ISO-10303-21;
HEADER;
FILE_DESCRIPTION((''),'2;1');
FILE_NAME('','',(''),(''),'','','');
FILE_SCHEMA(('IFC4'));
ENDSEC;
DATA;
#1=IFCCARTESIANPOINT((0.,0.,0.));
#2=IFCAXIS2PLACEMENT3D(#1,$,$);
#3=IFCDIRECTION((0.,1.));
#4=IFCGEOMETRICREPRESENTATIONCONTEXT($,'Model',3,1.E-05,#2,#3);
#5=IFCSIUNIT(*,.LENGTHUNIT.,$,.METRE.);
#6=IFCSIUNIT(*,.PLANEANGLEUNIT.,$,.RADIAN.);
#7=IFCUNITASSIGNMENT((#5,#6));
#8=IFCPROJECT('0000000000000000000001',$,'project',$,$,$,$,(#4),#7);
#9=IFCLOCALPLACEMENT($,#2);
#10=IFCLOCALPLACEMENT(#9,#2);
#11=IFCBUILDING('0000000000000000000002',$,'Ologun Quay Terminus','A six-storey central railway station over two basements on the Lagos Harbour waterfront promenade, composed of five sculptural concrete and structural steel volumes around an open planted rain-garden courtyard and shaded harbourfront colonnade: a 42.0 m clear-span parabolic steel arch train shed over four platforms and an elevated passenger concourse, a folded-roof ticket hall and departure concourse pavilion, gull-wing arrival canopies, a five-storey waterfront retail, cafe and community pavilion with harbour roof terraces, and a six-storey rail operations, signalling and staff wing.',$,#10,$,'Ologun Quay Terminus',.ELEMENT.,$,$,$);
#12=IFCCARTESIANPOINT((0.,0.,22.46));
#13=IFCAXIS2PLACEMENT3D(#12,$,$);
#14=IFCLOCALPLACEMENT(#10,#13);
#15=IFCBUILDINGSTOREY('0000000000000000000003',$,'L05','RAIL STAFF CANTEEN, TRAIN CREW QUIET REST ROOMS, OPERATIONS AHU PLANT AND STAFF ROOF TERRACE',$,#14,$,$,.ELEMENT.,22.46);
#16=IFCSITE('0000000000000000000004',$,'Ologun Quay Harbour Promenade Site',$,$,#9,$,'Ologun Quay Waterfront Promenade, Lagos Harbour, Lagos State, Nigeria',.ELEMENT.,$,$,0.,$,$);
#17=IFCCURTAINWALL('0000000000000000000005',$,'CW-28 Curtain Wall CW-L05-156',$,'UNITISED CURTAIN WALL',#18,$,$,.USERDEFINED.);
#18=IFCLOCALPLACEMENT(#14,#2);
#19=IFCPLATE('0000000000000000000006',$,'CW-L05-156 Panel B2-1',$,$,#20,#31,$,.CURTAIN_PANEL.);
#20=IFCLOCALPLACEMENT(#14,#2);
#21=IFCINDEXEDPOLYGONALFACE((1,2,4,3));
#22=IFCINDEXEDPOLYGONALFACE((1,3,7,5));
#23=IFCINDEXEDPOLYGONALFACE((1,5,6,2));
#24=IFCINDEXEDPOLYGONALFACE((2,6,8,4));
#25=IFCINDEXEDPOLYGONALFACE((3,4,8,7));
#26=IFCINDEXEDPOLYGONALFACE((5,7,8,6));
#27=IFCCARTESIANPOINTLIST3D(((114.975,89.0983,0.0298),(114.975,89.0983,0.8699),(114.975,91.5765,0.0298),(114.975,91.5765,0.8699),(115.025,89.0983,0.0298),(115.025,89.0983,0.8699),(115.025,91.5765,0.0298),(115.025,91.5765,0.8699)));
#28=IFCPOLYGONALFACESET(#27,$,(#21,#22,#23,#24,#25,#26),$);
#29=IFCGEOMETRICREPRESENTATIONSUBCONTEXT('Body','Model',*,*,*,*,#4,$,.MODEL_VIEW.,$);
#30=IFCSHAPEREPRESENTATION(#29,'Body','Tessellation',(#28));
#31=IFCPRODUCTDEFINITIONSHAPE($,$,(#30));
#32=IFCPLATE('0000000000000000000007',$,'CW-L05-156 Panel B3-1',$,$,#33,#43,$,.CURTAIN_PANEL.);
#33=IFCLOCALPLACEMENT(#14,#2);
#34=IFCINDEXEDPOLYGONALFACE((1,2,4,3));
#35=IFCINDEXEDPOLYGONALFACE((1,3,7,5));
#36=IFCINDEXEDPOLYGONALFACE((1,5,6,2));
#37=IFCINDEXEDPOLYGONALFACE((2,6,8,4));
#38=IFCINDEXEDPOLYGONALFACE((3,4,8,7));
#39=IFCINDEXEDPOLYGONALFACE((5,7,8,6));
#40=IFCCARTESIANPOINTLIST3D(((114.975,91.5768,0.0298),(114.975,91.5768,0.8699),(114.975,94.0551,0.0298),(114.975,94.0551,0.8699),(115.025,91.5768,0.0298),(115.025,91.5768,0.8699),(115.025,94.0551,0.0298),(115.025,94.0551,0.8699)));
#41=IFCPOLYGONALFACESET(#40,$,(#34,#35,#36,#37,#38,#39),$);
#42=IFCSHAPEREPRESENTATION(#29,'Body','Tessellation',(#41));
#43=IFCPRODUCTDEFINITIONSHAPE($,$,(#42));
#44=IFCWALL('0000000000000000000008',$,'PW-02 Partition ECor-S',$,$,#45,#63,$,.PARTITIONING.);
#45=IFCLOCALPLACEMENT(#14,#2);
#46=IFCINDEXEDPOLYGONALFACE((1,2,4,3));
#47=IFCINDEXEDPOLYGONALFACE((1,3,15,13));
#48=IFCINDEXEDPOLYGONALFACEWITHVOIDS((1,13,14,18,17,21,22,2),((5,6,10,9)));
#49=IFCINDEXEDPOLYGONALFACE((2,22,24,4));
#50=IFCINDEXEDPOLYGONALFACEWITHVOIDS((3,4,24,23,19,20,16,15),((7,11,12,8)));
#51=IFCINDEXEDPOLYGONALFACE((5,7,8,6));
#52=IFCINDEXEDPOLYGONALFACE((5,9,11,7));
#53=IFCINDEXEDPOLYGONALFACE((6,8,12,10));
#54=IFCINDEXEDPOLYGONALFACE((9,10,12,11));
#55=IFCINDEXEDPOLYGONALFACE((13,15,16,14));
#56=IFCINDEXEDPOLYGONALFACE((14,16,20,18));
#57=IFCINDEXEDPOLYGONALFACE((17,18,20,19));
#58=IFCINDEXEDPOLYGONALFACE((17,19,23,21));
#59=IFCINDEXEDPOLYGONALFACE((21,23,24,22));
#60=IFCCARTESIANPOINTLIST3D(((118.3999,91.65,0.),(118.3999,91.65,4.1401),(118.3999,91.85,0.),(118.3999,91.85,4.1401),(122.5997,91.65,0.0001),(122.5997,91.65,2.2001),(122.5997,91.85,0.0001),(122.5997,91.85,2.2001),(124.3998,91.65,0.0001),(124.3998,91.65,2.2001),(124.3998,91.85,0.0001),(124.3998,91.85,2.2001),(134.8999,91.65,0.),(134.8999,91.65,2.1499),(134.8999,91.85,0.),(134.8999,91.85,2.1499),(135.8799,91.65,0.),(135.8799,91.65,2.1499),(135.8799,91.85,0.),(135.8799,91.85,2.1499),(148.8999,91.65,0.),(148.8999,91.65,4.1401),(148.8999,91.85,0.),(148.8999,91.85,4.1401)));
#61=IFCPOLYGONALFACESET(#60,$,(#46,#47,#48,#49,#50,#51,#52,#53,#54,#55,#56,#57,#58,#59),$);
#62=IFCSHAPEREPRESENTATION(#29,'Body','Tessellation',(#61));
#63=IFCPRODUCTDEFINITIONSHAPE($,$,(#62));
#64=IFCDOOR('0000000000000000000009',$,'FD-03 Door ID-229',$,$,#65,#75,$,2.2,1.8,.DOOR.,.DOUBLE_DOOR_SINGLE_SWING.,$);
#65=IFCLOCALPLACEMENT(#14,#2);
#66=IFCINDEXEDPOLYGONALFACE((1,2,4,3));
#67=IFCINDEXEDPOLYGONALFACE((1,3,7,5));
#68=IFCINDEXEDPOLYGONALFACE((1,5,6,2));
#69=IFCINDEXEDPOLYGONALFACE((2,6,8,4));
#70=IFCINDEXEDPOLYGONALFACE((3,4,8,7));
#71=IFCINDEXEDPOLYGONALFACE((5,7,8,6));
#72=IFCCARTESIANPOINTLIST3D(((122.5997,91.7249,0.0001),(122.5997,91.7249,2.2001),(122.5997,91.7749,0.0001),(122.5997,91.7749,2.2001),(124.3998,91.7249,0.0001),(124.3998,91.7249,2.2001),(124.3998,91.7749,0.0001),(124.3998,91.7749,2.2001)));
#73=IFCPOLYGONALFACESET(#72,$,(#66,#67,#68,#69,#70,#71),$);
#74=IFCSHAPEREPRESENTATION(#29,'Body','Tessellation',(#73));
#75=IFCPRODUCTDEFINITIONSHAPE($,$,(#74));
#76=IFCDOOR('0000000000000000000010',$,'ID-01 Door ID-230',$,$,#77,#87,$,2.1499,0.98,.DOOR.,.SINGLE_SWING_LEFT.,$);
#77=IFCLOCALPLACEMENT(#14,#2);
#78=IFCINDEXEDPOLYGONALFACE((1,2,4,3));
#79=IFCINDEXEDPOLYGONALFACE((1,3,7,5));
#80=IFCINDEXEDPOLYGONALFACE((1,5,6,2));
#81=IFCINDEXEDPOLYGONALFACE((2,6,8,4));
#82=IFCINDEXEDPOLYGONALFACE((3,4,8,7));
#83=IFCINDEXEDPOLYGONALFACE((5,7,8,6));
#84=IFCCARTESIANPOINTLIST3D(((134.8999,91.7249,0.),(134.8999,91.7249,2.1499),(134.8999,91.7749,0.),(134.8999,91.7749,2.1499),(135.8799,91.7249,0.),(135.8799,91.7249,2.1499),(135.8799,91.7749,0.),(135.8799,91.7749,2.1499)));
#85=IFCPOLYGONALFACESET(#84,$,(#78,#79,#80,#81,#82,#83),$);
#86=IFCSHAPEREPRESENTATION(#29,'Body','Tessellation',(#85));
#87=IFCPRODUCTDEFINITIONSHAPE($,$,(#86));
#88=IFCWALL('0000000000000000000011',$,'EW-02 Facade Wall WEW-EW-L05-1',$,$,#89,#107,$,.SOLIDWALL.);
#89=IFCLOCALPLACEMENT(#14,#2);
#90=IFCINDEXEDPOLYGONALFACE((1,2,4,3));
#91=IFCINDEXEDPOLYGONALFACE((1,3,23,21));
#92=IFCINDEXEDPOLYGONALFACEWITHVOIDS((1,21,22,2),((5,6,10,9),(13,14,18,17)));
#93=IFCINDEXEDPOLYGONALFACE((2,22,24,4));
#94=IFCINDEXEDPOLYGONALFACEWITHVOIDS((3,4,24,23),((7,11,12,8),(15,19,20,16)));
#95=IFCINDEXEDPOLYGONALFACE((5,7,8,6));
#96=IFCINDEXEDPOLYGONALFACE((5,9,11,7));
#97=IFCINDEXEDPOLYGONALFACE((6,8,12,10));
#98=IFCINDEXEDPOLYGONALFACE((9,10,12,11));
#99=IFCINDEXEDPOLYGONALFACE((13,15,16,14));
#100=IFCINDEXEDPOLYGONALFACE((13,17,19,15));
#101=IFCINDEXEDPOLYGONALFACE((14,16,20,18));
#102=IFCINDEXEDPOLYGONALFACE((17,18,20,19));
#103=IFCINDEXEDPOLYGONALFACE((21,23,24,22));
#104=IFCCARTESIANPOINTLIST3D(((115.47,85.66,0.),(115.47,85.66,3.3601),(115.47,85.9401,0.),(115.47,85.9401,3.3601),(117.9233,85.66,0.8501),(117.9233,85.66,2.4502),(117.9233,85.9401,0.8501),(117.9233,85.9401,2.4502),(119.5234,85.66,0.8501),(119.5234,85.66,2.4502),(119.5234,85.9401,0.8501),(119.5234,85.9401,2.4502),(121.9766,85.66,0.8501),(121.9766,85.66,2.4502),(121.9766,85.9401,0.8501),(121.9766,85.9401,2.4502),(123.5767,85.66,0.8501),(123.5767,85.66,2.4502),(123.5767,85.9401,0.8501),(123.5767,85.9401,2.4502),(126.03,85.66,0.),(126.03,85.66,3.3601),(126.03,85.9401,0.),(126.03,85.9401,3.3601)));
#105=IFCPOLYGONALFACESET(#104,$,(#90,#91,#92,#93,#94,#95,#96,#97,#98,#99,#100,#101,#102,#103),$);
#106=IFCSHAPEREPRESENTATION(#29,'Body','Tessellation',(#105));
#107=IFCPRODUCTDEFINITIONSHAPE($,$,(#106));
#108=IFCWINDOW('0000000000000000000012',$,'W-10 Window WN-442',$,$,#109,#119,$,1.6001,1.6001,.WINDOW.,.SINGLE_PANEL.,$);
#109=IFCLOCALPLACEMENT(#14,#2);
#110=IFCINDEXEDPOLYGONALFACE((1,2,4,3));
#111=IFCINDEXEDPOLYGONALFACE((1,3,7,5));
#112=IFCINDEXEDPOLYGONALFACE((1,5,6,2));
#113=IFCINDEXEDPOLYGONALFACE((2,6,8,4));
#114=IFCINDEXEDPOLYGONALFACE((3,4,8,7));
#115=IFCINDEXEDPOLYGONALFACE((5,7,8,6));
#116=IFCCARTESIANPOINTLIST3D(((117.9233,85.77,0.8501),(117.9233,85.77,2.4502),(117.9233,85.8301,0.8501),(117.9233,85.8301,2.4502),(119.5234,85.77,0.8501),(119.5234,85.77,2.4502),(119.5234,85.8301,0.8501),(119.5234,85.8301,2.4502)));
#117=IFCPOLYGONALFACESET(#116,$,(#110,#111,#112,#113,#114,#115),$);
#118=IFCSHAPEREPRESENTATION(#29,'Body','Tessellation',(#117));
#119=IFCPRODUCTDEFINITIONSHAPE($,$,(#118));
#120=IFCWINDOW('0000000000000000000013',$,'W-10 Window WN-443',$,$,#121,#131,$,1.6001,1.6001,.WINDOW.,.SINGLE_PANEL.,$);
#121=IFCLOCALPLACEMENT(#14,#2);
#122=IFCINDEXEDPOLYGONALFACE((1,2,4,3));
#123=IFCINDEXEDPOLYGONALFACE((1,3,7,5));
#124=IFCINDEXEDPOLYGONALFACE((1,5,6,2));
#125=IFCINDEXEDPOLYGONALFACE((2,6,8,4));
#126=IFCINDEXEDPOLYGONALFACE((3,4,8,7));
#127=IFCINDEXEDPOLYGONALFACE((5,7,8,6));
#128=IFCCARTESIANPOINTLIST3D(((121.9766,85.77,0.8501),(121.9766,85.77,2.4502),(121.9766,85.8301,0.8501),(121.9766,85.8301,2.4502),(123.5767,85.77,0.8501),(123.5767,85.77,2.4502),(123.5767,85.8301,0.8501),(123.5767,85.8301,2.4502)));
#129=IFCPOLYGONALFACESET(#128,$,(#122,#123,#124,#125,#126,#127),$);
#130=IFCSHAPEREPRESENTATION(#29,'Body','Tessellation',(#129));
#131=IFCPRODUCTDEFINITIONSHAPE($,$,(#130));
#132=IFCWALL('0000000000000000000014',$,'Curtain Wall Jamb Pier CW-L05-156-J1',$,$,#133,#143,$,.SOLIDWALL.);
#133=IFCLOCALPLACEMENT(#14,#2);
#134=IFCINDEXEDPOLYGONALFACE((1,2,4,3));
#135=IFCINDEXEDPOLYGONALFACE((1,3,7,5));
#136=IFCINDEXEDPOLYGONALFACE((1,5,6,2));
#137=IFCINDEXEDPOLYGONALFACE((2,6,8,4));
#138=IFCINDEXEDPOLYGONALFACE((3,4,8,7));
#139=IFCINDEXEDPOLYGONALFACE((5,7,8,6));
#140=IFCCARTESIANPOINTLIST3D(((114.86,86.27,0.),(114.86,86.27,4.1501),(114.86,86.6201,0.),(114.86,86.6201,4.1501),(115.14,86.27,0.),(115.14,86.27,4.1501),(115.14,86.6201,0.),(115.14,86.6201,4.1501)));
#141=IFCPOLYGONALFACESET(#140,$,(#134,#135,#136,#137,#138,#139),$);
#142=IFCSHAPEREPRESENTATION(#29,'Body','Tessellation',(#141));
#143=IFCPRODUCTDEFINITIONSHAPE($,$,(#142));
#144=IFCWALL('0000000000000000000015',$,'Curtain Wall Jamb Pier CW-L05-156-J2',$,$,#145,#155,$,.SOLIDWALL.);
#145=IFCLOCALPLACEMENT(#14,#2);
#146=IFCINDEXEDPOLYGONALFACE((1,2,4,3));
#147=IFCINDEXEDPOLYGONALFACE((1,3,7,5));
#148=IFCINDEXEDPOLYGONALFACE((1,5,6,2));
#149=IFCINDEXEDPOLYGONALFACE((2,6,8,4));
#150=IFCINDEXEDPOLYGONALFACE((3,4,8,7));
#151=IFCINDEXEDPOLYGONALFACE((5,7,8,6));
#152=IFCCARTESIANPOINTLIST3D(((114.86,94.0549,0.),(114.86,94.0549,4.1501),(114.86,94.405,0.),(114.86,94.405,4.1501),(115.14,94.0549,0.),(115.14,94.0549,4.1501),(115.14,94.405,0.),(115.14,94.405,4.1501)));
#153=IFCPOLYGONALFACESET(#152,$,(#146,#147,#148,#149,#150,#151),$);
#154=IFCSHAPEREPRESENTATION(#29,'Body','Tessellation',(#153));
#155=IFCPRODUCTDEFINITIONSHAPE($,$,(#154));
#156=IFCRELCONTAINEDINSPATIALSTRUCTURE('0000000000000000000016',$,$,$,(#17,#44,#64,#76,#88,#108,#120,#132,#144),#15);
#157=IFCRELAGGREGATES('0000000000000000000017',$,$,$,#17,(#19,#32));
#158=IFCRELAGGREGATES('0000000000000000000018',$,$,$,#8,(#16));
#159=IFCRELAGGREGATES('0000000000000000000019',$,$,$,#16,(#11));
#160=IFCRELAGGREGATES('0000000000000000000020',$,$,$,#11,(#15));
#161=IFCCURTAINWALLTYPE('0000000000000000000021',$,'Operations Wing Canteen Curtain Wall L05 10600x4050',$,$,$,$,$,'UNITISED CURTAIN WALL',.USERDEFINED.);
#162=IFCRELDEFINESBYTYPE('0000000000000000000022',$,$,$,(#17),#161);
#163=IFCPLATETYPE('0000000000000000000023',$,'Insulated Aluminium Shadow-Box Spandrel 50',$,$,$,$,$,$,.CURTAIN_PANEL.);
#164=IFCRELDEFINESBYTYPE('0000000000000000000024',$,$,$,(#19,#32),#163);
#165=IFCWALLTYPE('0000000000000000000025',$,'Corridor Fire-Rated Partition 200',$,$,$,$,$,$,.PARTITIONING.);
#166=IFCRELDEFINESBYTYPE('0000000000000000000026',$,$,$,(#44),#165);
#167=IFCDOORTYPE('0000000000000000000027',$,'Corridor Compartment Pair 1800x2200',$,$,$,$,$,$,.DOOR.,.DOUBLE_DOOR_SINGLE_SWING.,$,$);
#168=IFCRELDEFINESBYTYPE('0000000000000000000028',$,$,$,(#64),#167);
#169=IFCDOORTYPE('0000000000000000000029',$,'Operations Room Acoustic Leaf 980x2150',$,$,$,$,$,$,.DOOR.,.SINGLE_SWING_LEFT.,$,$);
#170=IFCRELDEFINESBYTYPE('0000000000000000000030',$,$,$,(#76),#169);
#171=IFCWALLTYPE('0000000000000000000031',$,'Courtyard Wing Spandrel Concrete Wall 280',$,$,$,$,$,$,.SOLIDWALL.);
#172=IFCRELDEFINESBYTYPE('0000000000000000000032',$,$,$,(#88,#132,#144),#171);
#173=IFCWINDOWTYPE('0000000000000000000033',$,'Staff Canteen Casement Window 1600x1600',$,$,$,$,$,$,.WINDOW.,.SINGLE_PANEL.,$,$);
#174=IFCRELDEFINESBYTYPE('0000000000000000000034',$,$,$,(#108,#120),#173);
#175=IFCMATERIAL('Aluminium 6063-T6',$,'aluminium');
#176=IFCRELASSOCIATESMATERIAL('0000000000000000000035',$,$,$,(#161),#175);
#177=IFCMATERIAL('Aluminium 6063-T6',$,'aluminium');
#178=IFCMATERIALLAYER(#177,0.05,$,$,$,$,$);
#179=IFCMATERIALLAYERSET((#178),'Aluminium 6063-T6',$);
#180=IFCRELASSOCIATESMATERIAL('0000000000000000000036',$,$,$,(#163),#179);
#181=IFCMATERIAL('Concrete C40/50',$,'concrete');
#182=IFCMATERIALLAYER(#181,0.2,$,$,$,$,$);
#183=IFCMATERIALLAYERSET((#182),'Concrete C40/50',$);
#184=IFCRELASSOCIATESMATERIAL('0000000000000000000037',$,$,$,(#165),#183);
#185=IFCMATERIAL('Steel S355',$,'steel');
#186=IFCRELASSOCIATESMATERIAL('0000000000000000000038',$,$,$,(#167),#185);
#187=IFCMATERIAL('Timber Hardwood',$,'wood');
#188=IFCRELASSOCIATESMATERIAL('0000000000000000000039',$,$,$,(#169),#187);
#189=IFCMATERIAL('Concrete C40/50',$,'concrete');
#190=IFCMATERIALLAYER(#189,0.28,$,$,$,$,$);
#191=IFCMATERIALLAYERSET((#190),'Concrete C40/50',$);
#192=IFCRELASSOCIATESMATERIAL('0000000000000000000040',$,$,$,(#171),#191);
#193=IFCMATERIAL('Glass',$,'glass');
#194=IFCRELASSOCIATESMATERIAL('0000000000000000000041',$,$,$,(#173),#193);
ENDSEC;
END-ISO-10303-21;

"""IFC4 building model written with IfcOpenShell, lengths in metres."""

from ifc_helpers import new_model, si_unit, direction, frame, frame_2d, origin, origin_2d, place, context, subcontext, project, spatial, rectangle, extrude, material, layer, layer_set, type_object, element, fill, aggregate, save


model = new_model("IFC4")

# Units and contexts
model_context = context("Model", 3, precision=1e-05, world=origin(), true_north=direction((0.0, 1.0)))
body_context = subcontext(model_context, "Body", "Model", "MODEL_VIEW")
ifc_project = project(units=[si_unit("LENGTHUNIT", "METRE"), si_unit("PLANEANGLEUNIT", "RADIAN")], contexts=[model_context])

# Site, building, storey
site_placement = place(None, origin())
site = spatial("IfcSite", under=ifc_project, at=site_placement, Name="Ologun Quay Harbour Promenade Site", LongName="Ologun Quay Waterfront Promenade, Lagos Harbour, Lagos State, Nigeria", CompositionType="ELEMENT", RefElevation=0.0)
building_placement = place(site_placement, origin())
building = spatial("IfcBuilding", under=site, at=building_placement, Name="Ologun Quay Terminus", Description="A six-storey central railway station over two basements on the Lagos Harbour waterfront promenade, composed of five sculptural concrete and structural steel volumes around an open planted rain-garden courtyard and shaded harbourfront colonnade: a 42.0 m clear-span parabolic steel arch train shed over four platforms and an elevated passenger concourse, a folded-roof ticket hall and departure concourse pavilion, gull-wing arrival canopies, a five-storey waterfront retail, cafe and community pavilion with harbour roof terraces, and a six-storey rail operations, signalling and staff wing.", LongName="Ologun Quay Terminus", CompositionType="ELEMENT")
storey_placement = place(building_placement, frame((0.0, 0.0, 22.46)))
storey = spatial("IfcBuildingStorey", under=building, at=storey_placement, Name="L05", Description="RAIL STAFF CANTEEN, TRAIN CREW QUIET REST ROOMS, OPERATIONS AHU PLANT AND STAFF ROOF TERRACE", CompositionType="ELEMENT", Elevation=22.46)

# Curtain wall
ifc_material_1 = material(Name="Aluminium 6063-T6", Category="aluminium")
curtain_wall_type = type_object("IfcCurtainWallType", Name="Operations Wing Canteen Curtain Wall L05 10600x4050", ElementType="UNITISED CURTAIN WALL", PredefinedType="USERDEFINED", material=ifc_material_1)
curtain_wall_placement = place(storey_placement, origin())
curtain_wall = element("IfcCurtainWall", 1, at=curtain_wall_placement, inside=storey, type_object=curtain_wall_type, Name="CW-28 Curtain Wall CW-L05-156", ObjectType="UNITISED CURTAIN WALL", PredefinedType="USERDEFINED")

# Plates
ifc_material_2 = material(Name="Aluminium 6063-T6", Category="aluminium")
ifc_layer_1 = layer(ifc_material_2, 0.05)
ifc_layer_set_1 = layer_set([ifc_layer_1], Name="Aluminium 6063-T6")
plate_type_1 = type_object("IfcPlateType", Name="Insulated Aluminium Shadow-Box Spandrel 50", PredefinedType="CURTAIN_PANEL", material=ifc_layer_set_1)
plate_1_placement = place(storey_placement, frame((115.0, 90.3374, 0.0298), z_axis=(0.0, 0.0, 1.0), x_axis=(0.0, 1.0, 0.0)))
plate_1 = element("IfcPlate", 2, at=plate_1_placement, type_object=plate_type_1, Name="CW-L05-156 Panel B2-1", PredefinedType="CURTAIN_PANEL", context=body_context, shape_type="SweptSolid", body=[
    extrude(rectangle(XDim=2.4783, YDim=0.05, at=origin_2d()), origin(), (0.0, 0.0, 1.0), 0.8401),
])
plate_2_placement = place(storey_placement, frame((115.0, 92.8159, 0.0298), z_axis=(0.0, 0.0, 1.0), x_axis=(0.0, 1.0, 0.0)))
plate_2 = element("IfcPlate", 3, at=plate_2_placement, type_object=plate_type_1, Name="CW-L05-156 Panel B3-1", PredefinedType="CURTAIN_PANEL", context=body_context, shape_type="SweptSolid", body=[
    extrude(rectangle(XDim=2.4783, YDim=0.05, at=origin_2d()), origin(), (0.0, 0.0, 1.0), 0.8401),
])
aggregate(curtain_wall, [plate_1, plate_2])

# Wall, openings, doors
ifc_material_3 = material(Name="Concrete C40/50", Category="concrete")
ifc_layer_2 = layer(ifc_material_3, 0.2)
ifc_layer_set_2 = layer_set([ifc_layer_2], Name="Concrete C40/50")
wall_type_1 = type_object("IfcWallType", Name="Corridor Fire-Rated Partition 200", PredefinedType="PARTITIONING", material=ifc_layer_set_2)
wall_1_placement = place(storey_placement, frame((118.3999, 91.75, 0.0), z_axis=(0.0, 0.0, 1.0), x_axis=(1.0, 0.0, 0.0)))
wall_1 = element("IfcWall", 4, at=wall_1_placement, inside=storey, type_object=wall_type_1, Name="PW-02 Partition ECor-S", PredefinedType="PARTITIONING", context=body_context, shape_type="SweptSolid", body=[
    extrude(rectangle(XDim=30.5, YDim=0.2, at=frame_2d((15.25, 0.0))), origin(), (0.0, 0.0, 1.0), 4.1401),
])
opening_1_placement = place(wall_1_placement, frame((4.2, 0.0, 0.0)))
opening_1 = element("IfcOpeningElement", 5, at=opening_1_placement, cuts=wall_1, PredefinedType="OPENING", context=body_context, shape_type="SweptSolid", body=[
    extrude(rectangle(XDim=1.8, YDim=2.2, at=frame_2d((0.8999, 1.1001))), frame((0.0, 0.1099, 0.0), z_axis=(0.0, -1.0, 0.0), x_axis=(1.0, 0.0, 0.0)), (0.0, 0.0, 1.0), 0.22),
])
opening_2_placement = place(wall_1_placement, frame((16.5, 0.0, 0.0)))
opening_2 = element("IfcOpeningElement", 6, at=opening_2_placement, cuts=wall_1, PredefinedType="OPENING", context=body_context, shape_type="SweptSolid", body=[
    extrude(rectangle(XDim=0.98, YDim=2.1499, at=frame_2d((0.49, 1.075))), frame((0.0, 0.1099, 0.0), z_axis=(0.0, -1.0, 0.0), x_axis=(1.0, 0.0, 0.0)), (0.0, 0.0, 1.0), 0.22),
])
ifc_material_4 = material(Name="Steel S355", Category="steel")
door_type_1 = type_object("IfcDoorType", Name="Corridor Compartment Pair 1800x2200", OperationType="DOUBLE_DOOR_SINGLE_SWING", PredefinedType="DOOR", material=ifc_material_4)
door_1_placement = place(opening_1_placement, origin())
door_1 = element("IfcDoor", 7, at=door_1_placement, inside=storey, type_object=door_type_1, Name="FD-03 Door ID-229", OperationType="DOUBLE_DOOR_SINGLE_SWING", OverallHeight=2.2, OverallWidth=1.8, PredefinedType="DOOR", context=body_context, shape_type="SweptSolid", body=[
    extrude(rectangle(XDim=1.8, YDim=2.2, at=frame_2d((0.8999, 1.1001))), frame((0.0, 0.0249, 0.0), z_axis=(0.0, -1.0, 0.0), x_axis=(1.0, 0.0, 0.0)), (0.0, 0.0, 1.0), 0.05),
])
fill(opening_1, door_1)
ifc_material_5 = material(Name="Timber Hardwood", Category="wood")
door_type_2 = type_object("IfcDoorType", Name="Operations Room Acoustic Leaf 980x2150", OperationType="SINGLE_SWING_LEFT", PredefinedType="DOOR", material=ifc_material_5)
door_2_placement = place(opening_2_placement, origin())
door_2 = element("IfcDoor", 8, at=door_2_placement, inside=storey, type_object=door_type_2, Name="ID-01 Door ID-230", OperationType="SINGLE_SWING_LEFT", OverallHeight=2.1499, OverallWidth=0.98, PredefinedType="DOOR", context=body_context, shape_type="SweptSolid", body=[
    extrude(rectangle(XDim=0.98, YDim=2.1499, at=frame_2d((0.49, 1.075))), frame((0.0, 0.0249, 0.0), z_axis=(0.0, -1.0, 0.0), x_axis=(1.0, 0.0, 0.0)), (0.0, 0.0, 1.0), 0.05),
])
fill(opening_2, door_2)

# Wall, openings, windows
ifc_material_6 = material(Name="Concrete C40/50", Category="concrete")
ifc_layer_3 = layer(ifc_material_6, 0.28)
ifc_layer_set_3 = layer_set([ifc_layer_3], Name="Concrete C40/50")
wall_type_2 = type_object("IfcWallType", Name="Courtyard Wing Spandrel Concrete Wall 280", PredefinedType="SOLIDWALL", material=ifc_layer_set_3)
wall_2_placement = place(storey_placement, frame((115.47, 85.8, 0.0), z_axis=(0.0, 0.0, 1.0), x_axis=(1.0, 0.0, 0.0)))
wall_2 = element("IfcWall", 9, at=wall_2_placement, inside=storey, type_object=wall_type_2, Name="EW-02 Facade Wall WEW-EW-L05-1", PredefinedType="SOLIDWALL", context=body_context, shape_type="SweptSolid", body=[
    extrude(rectangle(XDim=10.5601, YDim=0.28, at=frame_2d((5.28, 0.0))), origin(), (0.0, 0.0, 1.0), 3.3601),
])
opening_3_placement = place(wall_2_placement, frame((2.4534, 0.0, 0.8501)))
opening_3 = element("IfcOpeningElement", 10, at=opening_3_placement, cuts=wall_2, PredefinedType="OPENING", context=body_context, shape_type="SweptSolid", body=[
    extrude(rectangle(XDim=1.6001, YDim=1.6001, at=frame_2d((0.8, 0.8))), frame((0.0, 0.1499, 0.0), z_axis=(0.0, -1.0, 0.0), x_axis=(1.0, 0.0, 0.0)), (0.0, 0.0, 1.0), 0.3),
])
opening_4_placement = place(wall_2_placement, frame((6.5066, 0.0, 0.8501)))
opening_4 = element("IfcOpeningElement", 11, at=opening_4_placement, cuts=wall_2, PredefinedType="OPENING", context=body_context, shape_type="SweptSolid", body=[
    extrude(rectangle(XDim=1.6001, YDim=1.6001, at=frame_2d((0.8, 0.8))), frame((0.0, 0.1499, 0.0), z_axis=(0.0, -1.0, 0.0), x_axis=(1.0, 0.0, 0.0)), (0.0, 0.0, 1.0), 0.3),
])
ifc_material_7 = material(Name="Glass", Category="glass")
window_type = type_object("IfcWindowType", Name="Staff Canteen Casement Window 1600x1600", PartitioningType="SINGLE_PANEL", PredefinedType="WINDOW", material=ifc_material_7)
window_1_placement = place(opening_3_placement, origin())
window_1 = element("IfcWindow", 12, at=window_1_placement, inside=storey, type_object=window_type, Name="W-10 Window WN-442", OverallHeight=1.6001, OverallWidth=1.6001, PartitioningType="SINGLE_PANEL", PredefinedType="WINDOW", context=body_context, shape_type="SweptSolid", body=[
    extrude(rectangle(XDim=1.6001, YDim=1.6001, at=frame_2d((0.8, 0.8))), frame((0.0, 0.03, 0.0), z_axis=(0.0, -1.0, 0.0), x_axis=(1.0, 0.0, 0.0)), (0.0, 0.0, 1.0), 0.0601),
])
fill(opening_3, window_1)
window_2_placement = place(opening_4_placement, origin())
window_2 = element("IfcWindow", 13, at=window_2_placement, inside=storey, type_object=window_type, Name="W-10 Window WN-443", OverallHeight=1.6001, OverallWidth=1.6001, PartitioningType="SINGLE_PANEL", PredefinedType="WINDOW", context=body_context, shape_type="SweptSolid", body=[
    extrude(rectangle(XDim=1.6001, YDim=1.6001, at=frame_2d((0.8, 0.8))), frame((0.0, 0.03, 0.0), z_axis=(0.0, -1.0, 0.0), x_axis=(1.0, 0.0, 0.0)), (0.0, 0.0, 1.0), 0.0601),
])
fill(opening_4, window_2)

# Walls
for number, where, z_axis, x_axis, name in (
    (14, (115.0, 86.27, 0.0), (0.0, 0.0, 1.0), (0.0, 1.0, 0.0), "Curtain Wall Jamb Pier CW-L05-156-J1"),
    (15, (115.0, 94.0549, 0.0), (0.0, 0.0, 1.0), (0.0, 1.0, 0.0), "Curtain Wall Jamb Pier CW-L05-156-J2"),
):
    element("IfcWall", number, at=place(storey_placement, frame(where, z_axis=z_axis, x_axis=x_axis)), inside=storey, type_object=wall_type_2, Name=name, PredefinedType="SOLIDWALL", context=body_context, shape_type="SweptSolid", body=[
        extrude(rectangle(XDim=0.3501, YDim=0.28, at=frame_2d((0.175, 0.0))), origin(), (0.0, 0.0, 1.0), 4.1501),
    ])

save(model, "model.ifc")
